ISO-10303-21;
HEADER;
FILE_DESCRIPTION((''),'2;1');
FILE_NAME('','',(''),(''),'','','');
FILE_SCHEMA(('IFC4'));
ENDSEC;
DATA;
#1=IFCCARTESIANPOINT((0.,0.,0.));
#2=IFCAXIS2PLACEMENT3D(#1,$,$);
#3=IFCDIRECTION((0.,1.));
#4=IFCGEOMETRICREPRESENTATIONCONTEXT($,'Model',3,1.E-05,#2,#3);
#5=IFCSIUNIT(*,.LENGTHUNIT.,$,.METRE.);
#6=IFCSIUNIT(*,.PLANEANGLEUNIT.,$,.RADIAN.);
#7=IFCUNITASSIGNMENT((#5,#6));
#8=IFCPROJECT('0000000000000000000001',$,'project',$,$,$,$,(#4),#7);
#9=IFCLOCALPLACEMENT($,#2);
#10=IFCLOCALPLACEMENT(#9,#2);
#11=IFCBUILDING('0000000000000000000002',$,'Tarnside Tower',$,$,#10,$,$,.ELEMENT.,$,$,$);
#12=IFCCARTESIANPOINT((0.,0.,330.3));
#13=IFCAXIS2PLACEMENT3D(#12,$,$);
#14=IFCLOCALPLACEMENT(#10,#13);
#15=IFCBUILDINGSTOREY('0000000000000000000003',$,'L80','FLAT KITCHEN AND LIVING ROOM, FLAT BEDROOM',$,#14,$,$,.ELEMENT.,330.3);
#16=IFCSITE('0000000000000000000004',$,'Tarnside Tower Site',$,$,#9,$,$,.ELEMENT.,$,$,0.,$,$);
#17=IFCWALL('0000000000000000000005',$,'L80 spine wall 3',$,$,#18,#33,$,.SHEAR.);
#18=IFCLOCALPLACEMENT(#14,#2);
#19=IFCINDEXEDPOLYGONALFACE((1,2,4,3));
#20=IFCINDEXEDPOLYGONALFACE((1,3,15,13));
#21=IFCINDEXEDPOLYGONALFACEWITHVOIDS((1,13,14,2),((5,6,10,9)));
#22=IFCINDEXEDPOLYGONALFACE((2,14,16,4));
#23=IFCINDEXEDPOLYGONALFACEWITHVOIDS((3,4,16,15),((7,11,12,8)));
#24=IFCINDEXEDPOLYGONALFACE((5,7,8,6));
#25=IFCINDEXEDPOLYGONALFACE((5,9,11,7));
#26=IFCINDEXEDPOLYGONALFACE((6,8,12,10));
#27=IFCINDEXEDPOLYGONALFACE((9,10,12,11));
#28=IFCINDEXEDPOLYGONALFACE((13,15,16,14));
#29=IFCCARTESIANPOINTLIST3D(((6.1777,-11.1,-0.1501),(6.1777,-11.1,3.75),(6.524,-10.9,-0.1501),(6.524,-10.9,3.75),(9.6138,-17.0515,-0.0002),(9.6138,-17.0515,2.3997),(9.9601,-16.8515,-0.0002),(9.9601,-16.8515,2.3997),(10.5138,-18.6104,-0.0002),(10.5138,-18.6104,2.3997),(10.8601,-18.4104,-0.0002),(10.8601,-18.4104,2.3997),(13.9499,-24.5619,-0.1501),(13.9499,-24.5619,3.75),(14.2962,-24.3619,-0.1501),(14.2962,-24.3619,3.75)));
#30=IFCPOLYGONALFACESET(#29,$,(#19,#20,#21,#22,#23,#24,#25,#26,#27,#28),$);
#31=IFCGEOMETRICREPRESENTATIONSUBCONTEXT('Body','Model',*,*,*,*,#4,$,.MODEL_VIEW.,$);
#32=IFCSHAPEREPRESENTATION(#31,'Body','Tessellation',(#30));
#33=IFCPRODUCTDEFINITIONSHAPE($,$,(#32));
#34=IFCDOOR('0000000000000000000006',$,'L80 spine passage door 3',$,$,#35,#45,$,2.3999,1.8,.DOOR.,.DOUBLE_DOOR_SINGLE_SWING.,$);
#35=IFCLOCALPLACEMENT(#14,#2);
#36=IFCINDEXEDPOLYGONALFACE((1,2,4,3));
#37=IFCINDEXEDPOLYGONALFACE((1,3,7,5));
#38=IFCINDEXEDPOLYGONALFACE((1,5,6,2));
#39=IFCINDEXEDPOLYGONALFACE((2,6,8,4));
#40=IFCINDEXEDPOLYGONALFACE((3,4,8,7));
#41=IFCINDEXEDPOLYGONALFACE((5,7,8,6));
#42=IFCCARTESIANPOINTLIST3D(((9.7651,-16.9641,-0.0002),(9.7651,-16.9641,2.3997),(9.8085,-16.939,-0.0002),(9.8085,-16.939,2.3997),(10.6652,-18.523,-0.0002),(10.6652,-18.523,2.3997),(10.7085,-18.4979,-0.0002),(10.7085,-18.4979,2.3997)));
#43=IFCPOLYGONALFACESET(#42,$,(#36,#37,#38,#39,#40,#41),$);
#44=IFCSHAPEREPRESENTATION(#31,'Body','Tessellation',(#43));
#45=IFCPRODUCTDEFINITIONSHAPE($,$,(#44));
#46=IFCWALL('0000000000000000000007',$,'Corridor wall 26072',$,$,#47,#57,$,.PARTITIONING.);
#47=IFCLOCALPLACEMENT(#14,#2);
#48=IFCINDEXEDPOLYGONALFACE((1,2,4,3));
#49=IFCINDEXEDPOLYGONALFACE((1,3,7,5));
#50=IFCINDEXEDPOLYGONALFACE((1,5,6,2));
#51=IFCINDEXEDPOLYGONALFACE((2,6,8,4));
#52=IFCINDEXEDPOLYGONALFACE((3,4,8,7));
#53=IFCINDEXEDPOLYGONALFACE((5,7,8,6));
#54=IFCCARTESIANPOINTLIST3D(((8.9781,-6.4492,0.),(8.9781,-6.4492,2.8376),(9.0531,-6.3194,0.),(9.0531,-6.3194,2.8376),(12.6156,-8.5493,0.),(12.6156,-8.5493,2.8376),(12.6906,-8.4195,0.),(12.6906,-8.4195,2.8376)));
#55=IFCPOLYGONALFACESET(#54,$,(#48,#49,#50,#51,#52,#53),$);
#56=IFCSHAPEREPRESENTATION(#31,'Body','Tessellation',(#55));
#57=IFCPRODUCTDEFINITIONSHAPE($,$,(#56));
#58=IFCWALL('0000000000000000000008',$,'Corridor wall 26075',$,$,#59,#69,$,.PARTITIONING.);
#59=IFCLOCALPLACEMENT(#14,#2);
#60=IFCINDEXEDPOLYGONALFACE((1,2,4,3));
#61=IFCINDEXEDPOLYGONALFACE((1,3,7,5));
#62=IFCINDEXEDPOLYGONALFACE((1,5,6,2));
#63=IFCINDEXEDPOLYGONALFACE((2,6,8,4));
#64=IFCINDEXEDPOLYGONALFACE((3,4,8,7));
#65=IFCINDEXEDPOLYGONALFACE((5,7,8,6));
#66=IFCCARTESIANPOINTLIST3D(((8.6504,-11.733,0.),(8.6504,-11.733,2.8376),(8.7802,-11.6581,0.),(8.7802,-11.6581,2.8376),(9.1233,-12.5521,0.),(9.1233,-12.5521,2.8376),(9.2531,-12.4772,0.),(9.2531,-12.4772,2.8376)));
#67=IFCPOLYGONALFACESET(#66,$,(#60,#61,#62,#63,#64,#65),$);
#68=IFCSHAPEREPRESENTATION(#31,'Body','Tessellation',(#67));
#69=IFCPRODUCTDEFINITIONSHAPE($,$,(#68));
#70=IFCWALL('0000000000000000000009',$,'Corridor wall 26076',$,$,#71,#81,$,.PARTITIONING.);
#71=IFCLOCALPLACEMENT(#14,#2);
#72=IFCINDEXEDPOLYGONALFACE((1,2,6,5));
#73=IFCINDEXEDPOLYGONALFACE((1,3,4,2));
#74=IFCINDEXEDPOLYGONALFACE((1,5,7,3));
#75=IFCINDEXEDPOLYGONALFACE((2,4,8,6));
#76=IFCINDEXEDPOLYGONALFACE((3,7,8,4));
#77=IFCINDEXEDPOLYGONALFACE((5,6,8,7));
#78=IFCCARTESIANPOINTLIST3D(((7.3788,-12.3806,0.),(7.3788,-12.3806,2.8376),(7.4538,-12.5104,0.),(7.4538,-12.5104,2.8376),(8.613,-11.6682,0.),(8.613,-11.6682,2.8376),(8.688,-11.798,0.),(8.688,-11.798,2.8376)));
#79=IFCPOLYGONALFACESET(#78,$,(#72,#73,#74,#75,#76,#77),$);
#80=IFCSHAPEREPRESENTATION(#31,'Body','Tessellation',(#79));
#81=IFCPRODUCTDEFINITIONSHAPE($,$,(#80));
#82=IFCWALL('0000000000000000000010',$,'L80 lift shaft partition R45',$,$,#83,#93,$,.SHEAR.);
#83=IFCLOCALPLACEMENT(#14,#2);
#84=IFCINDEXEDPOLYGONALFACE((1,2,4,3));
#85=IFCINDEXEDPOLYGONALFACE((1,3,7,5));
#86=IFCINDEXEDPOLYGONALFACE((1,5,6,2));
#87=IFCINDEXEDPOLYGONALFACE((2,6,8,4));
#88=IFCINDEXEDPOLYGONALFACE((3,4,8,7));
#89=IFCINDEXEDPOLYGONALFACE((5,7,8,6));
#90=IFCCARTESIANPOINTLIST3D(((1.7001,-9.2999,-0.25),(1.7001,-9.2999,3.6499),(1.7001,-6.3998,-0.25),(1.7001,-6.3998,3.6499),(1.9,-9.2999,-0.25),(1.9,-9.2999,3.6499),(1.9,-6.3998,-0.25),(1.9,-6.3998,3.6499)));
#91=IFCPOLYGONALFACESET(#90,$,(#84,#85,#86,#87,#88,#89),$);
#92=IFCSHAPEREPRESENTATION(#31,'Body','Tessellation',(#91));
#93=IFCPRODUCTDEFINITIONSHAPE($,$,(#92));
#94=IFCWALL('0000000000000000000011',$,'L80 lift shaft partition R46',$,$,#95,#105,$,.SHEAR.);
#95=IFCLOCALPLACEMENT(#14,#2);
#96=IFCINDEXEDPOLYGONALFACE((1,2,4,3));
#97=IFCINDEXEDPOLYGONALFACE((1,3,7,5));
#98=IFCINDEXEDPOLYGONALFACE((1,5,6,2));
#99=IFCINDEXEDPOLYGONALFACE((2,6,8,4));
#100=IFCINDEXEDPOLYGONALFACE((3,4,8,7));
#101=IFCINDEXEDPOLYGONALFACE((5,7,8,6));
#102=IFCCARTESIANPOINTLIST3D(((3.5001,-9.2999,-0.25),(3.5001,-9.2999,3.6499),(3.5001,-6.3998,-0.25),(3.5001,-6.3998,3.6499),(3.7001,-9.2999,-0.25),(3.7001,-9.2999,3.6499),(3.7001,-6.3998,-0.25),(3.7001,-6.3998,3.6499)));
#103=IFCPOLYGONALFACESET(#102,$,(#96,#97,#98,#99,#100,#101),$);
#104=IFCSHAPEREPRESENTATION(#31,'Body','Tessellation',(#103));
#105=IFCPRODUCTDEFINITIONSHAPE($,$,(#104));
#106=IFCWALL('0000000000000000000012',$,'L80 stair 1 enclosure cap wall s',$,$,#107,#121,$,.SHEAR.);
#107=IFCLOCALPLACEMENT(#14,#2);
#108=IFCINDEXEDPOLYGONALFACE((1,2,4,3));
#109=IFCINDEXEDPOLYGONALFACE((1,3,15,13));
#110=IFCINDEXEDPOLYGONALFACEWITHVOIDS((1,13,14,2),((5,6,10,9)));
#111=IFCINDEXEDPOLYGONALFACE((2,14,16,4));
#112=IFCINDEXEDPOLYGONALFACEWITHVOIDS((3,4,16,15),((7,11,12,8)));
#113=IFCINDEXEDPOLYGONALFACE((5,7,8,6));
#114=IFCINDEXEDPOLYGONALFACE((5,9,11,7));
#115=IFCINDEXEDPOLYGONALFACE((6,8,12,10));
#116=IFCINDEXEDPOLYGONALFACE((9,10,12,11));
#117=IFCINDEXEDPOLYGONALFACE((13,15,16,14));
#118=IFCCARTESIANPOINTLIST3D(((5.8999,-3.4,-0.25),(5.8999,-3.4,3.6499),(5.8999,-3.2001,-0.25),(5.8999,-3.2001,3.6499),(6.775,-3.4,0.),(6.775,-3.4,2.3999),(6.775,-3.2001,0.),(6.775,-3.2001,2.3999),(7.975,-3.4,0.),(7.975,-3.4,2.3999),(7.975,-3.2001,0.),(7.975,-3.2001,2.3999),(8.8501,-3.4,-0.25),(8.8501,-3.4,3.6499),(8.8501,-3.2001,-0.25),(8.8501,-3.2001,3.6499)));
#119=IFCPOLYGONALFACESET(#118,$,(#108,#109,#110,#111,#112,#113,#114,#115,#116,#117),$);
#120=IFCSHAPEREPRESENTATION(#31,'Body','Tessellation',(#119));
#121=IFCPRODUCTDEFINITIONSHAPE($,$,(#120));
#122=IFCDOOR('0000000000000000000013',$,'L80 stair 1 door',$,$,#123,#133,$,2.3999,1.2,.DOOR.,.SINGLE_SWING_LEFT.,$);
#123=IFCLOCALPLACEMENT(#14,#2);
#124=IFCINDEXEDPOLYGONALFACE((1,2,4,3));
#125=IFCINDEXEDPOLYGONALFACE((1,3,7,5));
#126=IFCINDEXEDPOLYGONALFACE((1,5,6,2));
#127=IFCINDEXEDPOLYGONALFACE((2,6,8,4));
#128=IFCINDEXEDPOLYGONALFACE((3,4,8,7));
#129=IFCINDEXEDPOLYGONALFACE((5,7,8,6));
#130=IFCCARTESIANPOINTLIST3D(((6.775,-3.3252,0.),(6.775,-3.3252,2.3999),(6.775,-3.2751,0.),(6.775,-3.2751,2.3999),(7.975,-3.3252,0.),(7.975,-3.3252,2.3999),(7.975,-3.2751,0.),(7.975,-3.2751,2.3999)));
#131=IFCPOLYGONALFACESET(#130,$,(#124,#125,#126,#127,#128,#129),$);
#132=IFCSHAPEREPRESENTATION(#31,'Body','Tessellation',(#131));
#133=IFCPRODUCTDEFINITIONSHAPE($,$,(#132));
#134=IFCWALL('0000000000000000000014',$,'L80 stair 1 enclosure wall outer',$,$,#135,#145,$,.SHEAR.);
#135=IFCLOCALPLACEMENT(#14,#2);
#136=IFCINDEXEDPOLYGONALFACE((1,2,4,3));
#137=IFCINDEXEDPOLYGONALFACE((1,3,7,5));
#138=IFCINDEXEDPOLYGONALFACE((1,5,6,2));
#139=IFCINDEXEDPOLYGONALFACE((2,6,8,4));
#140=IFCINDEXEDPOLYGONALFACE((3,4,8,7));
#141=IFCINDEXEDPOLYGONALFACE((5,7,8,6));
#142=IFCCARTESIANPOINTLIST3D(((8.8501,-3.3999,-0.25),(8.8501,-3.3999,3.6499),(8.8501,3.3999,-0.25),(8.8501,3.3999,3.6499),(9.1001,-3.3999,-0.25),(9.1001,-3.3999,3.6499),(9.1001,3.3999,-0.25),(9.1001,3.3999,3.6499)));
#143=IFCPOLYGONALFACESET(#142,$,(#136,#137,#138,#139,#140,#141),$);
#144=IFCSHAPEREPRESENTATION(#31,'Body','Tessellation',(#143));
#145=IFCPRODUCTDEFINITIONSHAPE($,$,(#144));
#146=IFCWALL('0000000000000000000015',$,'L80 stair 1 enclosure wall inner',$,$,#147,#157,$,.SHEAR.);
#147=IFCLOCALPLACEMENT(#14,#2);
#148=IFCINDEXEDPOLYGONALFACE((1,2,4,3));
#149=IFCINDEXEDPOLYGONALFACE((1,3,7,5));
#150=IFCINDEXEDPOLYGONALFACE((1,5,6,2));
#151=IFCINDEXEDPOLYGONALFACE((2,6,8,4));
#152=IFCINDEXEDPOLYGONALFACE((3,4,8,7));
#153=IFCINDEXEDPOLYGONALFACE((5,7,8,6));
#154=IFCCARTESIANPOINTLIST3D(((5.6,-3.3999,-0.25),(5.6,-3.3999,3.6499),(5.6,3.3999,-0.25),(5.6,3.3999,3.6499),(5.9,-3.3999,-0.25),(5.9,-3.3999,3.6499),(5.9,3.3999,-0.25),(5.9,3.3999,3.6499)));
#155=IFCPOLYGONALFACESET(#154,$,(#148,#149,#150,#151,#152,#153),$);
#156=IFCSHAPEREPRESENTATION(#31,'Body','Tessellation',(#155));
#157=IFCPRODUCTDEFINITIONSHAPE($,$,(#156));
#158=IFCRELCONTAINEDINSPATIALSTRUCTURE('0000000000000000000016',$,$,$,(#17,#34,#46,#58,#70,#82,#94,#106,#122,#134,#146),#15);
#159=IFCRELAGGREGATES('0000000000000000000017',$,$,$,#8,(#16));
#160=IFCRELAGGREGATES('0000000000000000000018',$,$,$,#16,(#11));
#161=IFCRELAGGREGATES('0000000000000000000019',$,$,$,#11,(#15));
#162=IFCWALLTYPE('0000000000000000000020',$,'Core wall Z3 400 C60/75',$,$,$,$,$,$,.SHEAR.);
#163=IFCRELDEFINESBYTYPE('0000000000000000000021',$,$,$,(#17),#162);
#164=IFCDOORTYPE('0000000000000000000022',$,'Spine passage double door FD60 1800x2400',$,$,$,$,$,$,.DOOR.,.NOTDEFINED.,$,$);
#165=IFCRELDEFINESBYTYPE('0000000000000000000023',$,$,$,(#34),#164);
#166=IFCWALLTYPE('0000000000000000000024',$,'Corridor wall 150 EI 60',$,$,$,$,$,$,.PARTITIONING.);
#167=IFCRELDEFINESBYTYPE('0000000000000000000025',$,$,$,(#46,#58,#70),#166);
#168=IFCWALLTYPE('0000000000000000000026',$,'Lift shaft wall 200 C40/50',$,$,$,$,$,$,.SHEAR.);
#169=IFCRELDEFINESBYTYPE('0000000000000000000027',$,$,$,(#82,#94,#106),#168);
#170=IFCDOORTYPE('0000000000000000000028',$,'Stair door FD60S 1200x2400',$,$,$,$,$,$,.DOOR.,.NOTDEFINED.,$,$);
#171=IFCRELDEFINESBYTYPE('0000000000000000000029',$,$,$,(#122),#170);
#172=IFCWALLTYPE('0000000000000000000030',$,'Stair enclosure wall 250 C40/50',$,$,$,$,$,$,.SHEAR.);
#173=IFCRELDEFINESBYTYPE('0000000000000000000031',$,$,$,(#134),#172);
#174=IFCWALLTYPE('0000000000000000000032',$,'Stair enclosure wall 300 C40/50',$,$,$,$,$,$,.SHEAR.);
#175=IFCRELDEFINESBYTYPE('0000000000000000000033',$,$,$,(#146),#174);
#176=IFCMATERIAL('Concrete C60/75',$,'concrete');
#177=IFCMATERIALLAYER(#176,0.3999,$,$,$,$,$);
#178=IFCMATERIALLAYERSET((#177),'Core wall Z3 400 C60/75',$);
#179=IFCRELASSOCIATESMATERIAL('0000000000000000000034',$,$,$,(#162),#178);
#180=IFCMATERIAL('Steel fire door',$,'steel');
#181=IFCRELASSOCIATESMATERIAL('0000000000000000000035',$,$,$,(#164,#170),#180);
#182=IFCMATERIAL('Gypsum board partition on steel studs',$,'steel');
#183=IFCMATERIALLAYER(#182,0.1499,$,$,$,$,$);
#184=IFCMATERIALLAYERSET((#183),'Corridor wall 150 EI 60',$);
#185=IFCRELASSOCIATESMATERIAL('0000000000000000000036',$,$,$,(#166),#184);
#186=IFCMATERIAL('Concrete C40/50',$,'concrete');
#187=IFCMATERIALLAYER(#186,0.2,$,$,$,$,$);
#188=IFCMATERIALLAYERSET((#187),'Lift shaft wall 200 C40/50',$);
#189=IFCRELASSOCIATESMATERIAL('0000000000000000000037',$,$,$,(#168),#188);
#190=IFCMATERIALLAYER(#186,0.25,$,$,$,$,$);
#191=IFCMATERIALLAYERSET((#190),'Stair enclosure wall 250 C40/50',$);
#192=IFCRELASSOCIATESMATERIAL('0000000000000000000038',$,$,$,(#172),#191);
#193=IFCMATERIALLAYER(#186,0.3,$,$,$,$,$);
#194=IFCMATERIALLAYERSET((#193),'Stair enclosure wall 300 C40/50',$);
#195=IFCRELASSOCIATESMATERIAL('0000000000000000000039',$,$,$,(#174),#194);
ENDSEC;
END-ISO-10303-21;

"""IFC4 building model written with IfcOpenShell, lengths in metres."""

from ifc_helpers import new_model, si_unit, direction, frame, frame_2d, origin, place, context, subcontext, project, spatial, rectangle, extrude, material, layer, layer_set, type_object, element, fill, save


model = new_model("IFC4")

# Units and contexts
model_context = context("Model", 3, precision=1e-05, world=origin(), true_north=direction((0.0, 1.0)))
body_context = subcontext(model_context, "Body", "Model", "MODEL_VIEW")
ifc_project = project(units=[si_unit("LENGTHUNIT", "METRE"), si_unit("PLANEANGLEUNIT", "RADIAN")], contexts=[model_context])

# Site, building, storey
site_placement = place(None, origin())
site = spatial("IfcSite", under=ifc_project, at=site_placement, Name="Tarnside Tower Site", CompositionType="ELEMENT", RefElevation=0.0)
building_placement = place(site_placement, origin())
building = spatial("IfcBuilding", under=site, at=building_placement, Name="Tarnside Tower", CompositionType="ELEMENT")
storey_placement = place(building_placement, frame((0.0, 0.0, 330.3)))
storey = spatial("IfcBuildingStorey", under=building, at=storey_placement, Name="L80", Description="FLAT KITCHEN AND LIVING ROOM, FLAT BEDROOM", CompositionType="ELEMENT", Elevation=330.3)

# Shared definitions
ifc_material_1 = material(Name="Concrete C40/50", Category="concrete")

# Wall, opening, door
ifc_material_2 = material(Name="Steel fire door", Category="steel")
ifc_material_3 = material(Name="Concrete C60/75", Category="concrete")
ifc_layer_1 = layer(ifc_material_3, 0.3999)
ifc_layer_set_1 = layer_set([ifc_layer_1], Name="Core wall Z3 400 C60/75")
wall_type_1 = type_object("IfcWallType", Name="Core wall Z3 400 C60/75", PredefinedType="SHEAR", material=ifc_layer_set_1)
wall_1_placement = place(storey_placement, frame((6.3508, -11.0, -0.1501), z_axis=(0.0, 0.0, 1.0), x_axis=(0.499999, -0.866026, 0.0)))
wall_1 = element("IfcWall", 1, at=wall_1_placement, inside=storey, type_object=wall_type_1, Name="L80 spine wall 3", PredefinedType="SHEAR", context=body_context, shape_type="SweptSolid", body=[
    extrude(rectangle(XDim=15.5444, YDim=0.3999, at=frame_2d((7.7722, 0.0))), origin(), (0.0, 0.0, 1.0), 3.9001),
])
opening_1_placement = place(wall_1_placement, frame((6.8723, 0.0, 0.1499)))
opening_1 = element("IfcOpeningElement", 2, at=opening_1_placement, cuts=wall_1, PredefinedType="OPENING", context=body_context, shape_type="SweptSolid", body=[
    extrude(rectangle(XDim=1.8, YDim=2.3999, at=frame_2d((0.8999, 1.2))), frame((0.0, 0.21, 0.0), z_axis=(0.0, -1.0, 0.0), x_axis=(1.0, 0.0, 0.0)), (0.0, 0.0, 1.0), 0.4199),
])
door_type_1 = type_object("IfcDoorType", Name="Spine passage double door FD60 1800x2400", OperationType="NOTDEFINED", PredefinedType="DOOR", material=ifc_material_2)
door_1_placement = place(opening_1_placement, origin())
door_1 = element("IfcDoor", 3, at=door_1_placement, inside=storey, type_object=door_type_1, Name="L80 spine passage door 3", OperationType="DOUBLE_DOOR_SINGLE_SWING", OverallHeight=2.3999, OverallWidth=1.8, PredefinedType="DOOR", context=body_context, shape_type="SweptSolid", body=[
    extrude(rectangle(XDim=1.8, YDim=2.3999, at=frame_2d((0.8999, 1.2))), frame((0.0, 0.0249, 0.0), z_axis=(0.0, -1.0, 0.0), x_axis=(1.0, 0.0, 0.0)), (0.0, 0.0, 1.0), 0.05),
])
fill(opening_1, door_1)

# Walls
ifc_material_4 = material(Name="Gypsum board partition on steel studs", Category="steel")
ifc_layer_2 = layer(ifc_material_4, 0.1499)
ifc_layer_set_2 = layer_set([ifc_layer_2], Name="Corridor wall 150 EI 60")
wall_type_2 = type_object("IfcWallType", Name="Corridor wall 150 EI 60", PredefinedType="PARTITIONING", material=ifc_layer_set_2)
wall_2_placement = place(storey_placement, frame((9.0156, -6.3843, 0.0), z_axis=(0.0, 0.0, 1.0), x_axis=(0.866024, -0.500003, 0.0)))
element("IfcWall", 4, at=wall_2_placement, inside=storey, type_object=wall_type_2, Name="Corridor wall 26072", PredefinedType="PARTITIONING", context=body_context, shape_type="SweptSolid", body=[
    extrude(rectangle(XDim=4.2002, YDim=0.1499, at=frame_2d((2.1001, 0.0))), origin(), (0.0, 0.0, 1.0), 2.8376),
])
wall_3_placement = place(storey_placement, frame((9.1882, -12.5146, 0.0), z_axis=(0.0, 0.0, 1.0), x_axis=(-0.499998, 0.866027, 0.0)))
element("IfcWall", 5, at=wall_3_placement, inside=storey, type_object=wall_type_2, Name="Corridor wall 26075", PredefinedType="PARTITIONING", context=body_context, shape_type="SweptSolid", body=[
    extrude(rectangle(XDim=0.9458, YDim=0.1499, at=frame_2d((0.4729, 0.0))), origin(), (0.0, 0.0, 1.0), 2.8376),
])
wall_4_placement = place(storey_placement, frame((8.6504, -11.7332, 0.0), z_axis=(0.0, 0.0, 1.0), x_axis=(-0.866063, -0.499935, 0.0)))
element("IfcWall", 6, at=wall_4_placement, inside=storey, type_object=wall_type_2, Name="Corridor wall 26076", PredefinedType="PARTITIONING", context=body_context, shape_type="SweptSolid", body=[
    extrude(rectangle(XDim=1.425, YDim=0.1499, at=frame_2d((0.7124, 0.0))), origin(), (0.0, 0.0, 1.0), 2.8376),
])
ifc_layer_3 = layer(ifc_material_1, 0.2)
ifc_layer_set_3 = layer_set([ifc_layer_3], Name="Lift shaft wall 200 C40/50")
wall_type_3 = type_object("IfcWallType", Name="Lift shaft wall 200 C40/50", PredefinedType="SHEAR", material=ifc_layer_set_3)
for number, where, z_axis, x_axis, name in (
    (7, (1.8, -9.3, -0.25), (0.0, 0.0, 1.0), (0.0, 1.0, 0.0), "L80 lift shaft partition R45"),
    (8, (3.6001, -9.3, -0.25), (0.0, 0.0, 1.0), (0.0, 1.0, 0.0), "L80 lift shaft partition R46"),
):
    element("IfcWall", number, at=place(storey_placement, frame(where, z_axis=z_axis, x_axis=x_axis)), inside=storey, type_object=wall_type_3, Name=name, PredefinedType="SHEAR", context=body_context, shape_type="SweptSolid", body=[
        extrude(rectangle(XDim=2.9001, YDim=0.2, at=frame_2d((1.4502, 0.0))), origin(), (0.0, 0.0, 1.0), 3.8999),
    ])

# Wall, opening, door
wall_5_placement = place(storey_placement, frame((5.8999, -3.3, -0.25), z_axis=(0.0, 0.0, 1.0), x_axis=(1.0, 0.0, 0.0)))
wall_5 = element("IfcWall", 9, at=wall_5_placement, inside=storey, type_object=wall_type_3, Name="L80 stair 1 enclosure cap wall s", PredefinedType="SHEAR", context=body_context, shape_type="SweptSolid", body=[
    extrude(rectangle(XDim=2.9502, YDim=0.2, at=frame_2d((1.4751, 0.0))), origin(), (0.0, 0.0, 1.0), 3.8999),
])
opening_2_placement = place(wall_5_placement, frame((0.875, 0.0, 0.25)))
opening_2 = element("IfcOpeningElement", 10, at=opening_2_placement, cuts=wall_5, PredefinedType="OPENING", context=body_context, shape_type="SweptSolid", body=[
    extrude(rectangle(XDim=1.2, YDim=2.3999, at=frame_2d((0.6001, 1.2))), frame((0.0, 0.1099, 0.0), z_axis=(0.0, -1.0, 0.0), x_axis=(1.0, 0.0, 0.0)), (0.0, 0.0, 1.0), 0.22),
])
door_type_2 = type_object("IfcDoorType", Name="Stair door FD60S 1200x2400", OperationType="NOTDEFINED", PredefinedType="DOOR", material=ifc_material_2)
door_2_placement = place(opening_2_placement, origin())
door_2 = element("IfcDoor", 11, at=door_2_placement, inside=storey, type_object=door_type_2, Name="L80 stair 1 door", OperationType="SINGLE_SWING_LEFT", OverallHeight=2.3999, OverallWidth=1.2, PredefinedType="DOOR", context=body_context, shape_type="SweptSolid", body=[
    extrude(rectangle(XDim=1.2, YDim=2.3999, at=frame_2d((0.6001, 1.2))), frame((0.0, 0.0249, 0.0), z_axis=(0.0, -1.0, 0.0), x_axis=(1.0, 0.0, 0.0)), (0.0, 0.0, 1.0), 0.05),
])
fill(opening_2, door_2)

# Walls
ifc_layer_4 = layer(ifc_material_1, 0.25)
ifc_layer_set_4 = layer_set([ifc_layer_4], Name="Stair enclosure wall 250 C40/50")
wall_type_4 = type_object("IfcWallType", Name="Stair enclosure wall 250 C40/50", PredefinedType="SHEAR", material=ifc_layer_set_4)
wall_6_placement = place(storey_placement, frame((8.9751, -3.3999, -0.25), z_axis=(0.0, 0.0, 1.0), x_axis=(0.0, 1.0, 0.0)))
element("IfcWall", 12, at=wall_6_placement, inside=storey, type_object=wall_type_4, Name="L80 stair 1 enclosure wall outer", PredefinedType="SHEAR", context=body_context, shape_type="SweptSolid", body=[
    extrude(rectangle(XDim=6.7998, YDim=0.25, at=frame_2d((3.3999, 0.0))), origin(), (0.0, 0.0, 1.0), 3.8999),
])
ifc_layer_5 = layer(ifc_material_1, 0.3)
ifc_layer_set_5 = layer_set([ifc_layer_5], Name="Stair enclosure wall 300 C40/50")
wall_type_5 = type_object("IfcWallType", Name="Stair enclosure wall 300 C40/50", PredefinedType="SHEAR", material=ifc_layer_set_5)
wall_7_placement = place(storey_placement, frame((5.75, -3.3999, -0.25), z_axis=(0.0, 0.0, 1.0), x_axis=(0.0, 1.0, 0.0)))
element("IfcWall", 13, at=wall_7_placement, inside=storey, type_object=wall_type_5, Name="L80 stair 1 enclosure wall inner", PredefinedType="SHEAR", context=body_context, shape_type="SweptSolid", body=[
    extrude(rectangle(XDim=6.7998, YDim=0.3, at=frame_2d((3.3999, 0.0))), origin(), (0.0, 0.0, 1.0), 3.8999),
])

save(model, "model.ifc")
